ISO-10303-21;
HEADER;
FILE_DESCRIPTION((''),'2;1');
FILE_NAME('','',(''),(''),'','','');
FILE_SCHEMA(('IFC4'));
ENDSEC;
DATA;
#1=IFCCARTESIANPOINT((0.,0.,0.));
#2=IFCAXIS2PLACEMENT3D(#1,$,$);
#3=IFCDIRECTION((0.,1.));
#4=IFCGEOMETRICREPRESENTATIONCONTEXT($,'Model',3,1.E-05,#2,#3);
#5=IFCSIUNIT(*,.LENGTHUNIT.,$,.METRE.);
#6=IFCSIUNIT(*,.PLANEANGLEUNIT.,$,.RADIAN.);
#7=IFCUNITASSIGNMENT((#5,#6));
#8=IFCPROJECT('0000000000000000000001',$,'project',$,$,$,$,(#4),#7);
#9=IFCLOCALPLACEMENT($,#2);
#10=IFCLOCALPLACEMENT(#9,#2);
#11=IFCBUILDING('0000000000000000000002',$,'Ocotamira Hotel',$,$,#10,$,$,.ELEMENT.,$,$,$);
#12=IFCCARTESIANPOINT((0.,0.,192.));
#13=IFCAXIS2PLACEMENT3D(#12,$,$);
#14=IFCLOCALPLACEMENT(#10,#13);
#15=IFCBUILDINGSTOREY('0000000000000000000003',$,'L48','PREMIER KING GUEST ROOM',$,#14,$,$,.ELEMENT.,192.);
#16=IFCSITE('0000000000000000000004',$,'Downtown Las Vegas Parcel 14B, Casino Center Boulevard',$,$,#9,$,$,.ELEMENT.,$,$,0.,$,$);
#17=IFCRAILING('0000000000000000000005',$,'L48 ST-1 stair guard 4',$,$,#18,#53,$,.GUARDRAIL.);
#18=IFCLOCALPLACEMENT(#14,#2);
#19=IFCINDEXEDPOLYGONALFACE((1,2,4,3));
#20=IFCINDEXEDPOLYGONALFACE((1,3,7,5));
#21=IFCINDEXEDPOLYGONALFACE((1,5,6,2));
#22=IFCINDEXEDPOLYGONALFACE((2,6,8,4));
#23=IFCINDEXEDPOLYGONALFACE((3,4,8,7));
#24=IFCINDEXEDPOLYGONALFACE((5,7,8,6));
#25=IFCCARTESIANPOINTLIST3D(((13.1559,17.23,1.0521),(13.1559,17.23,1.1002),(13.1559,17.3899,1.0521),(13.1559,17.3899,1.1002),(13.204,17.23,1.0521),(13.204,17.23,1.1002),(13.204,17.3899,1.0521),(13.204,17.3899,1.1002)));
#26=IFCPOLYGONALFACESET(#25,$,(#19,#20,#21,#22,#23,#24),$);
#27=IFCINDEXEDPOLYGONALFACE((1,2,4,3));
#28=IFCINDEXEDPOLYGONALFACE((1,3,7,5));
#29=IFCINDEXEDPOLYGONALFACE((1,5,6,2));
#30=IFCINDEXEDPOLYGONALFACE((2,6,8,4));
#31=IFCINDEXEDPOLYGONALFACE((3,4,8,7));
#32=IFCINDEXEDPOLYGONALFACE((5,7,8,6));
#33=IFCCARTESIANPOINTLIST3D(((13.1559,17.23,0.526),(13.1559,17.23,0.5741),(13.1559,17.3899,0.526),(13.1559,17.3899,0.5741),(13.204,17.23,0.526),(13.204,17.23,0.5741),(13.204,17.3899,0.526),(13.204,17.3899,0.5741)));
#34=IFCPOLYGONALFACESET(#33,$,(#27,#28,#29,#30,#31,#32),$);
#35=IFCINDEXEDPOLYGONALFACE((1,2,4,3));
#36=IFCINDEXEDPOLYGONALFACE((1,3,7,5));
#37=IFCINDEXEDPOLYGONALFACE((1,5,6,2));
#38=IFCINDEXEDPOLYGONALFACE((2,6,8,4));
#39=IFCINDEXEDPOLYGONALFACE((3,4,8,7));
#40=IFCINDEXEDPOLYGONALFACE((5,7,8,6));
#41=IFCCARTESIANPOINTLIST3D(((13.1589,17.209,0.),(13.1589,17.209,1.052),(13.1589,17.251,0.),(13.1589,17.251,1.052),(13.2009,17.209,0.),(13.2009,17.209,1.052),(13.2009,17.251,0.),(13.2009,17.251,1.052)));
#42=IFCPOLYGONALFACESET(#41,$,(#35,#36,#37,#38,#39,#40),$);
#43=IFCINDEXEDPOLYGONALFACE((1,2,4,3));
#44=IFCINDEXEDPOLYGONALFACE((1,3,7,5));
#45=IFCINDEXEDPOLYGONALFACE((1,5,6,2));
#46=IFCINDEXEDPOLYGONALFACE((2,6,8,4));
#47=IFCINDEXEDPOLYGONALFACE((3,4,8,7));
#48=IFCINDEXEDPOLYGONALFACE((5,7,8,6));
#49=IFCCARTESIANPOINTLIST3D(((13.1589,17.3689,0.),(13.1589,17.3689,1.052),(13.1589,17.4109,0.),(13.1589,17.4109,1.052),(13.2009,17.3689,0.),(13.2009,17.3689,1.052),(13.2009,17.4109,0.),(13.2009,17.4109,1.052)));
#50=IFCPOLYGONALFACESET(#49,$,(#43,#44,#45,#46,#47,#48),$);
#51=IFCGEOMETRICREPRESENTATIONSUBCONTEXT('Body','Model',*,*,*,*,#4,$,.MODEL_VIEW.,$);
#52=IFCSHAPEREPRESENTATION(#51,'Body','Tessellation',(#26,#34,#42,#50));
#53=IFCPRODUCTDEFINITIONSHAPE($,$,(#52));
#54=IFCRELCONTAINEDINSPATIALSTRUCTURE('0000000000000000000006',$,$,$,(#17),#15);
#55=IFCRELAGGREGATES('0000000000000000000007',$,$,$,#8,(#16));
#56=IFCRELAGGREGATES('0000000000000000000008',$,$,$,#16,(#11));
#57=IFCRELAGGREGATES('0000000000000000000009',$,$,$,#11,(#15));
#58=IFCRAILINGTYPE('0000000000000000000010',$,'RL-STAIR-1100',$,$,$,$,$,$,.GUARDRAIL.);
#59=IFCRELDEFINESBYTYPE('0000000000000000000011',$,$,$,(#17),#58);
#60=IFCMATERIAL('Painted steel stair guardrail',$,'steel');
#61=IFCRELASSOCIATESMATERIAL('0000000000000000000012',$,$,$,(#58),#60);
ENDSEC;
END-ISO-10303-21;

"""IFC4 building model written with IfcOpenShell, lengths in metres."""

from ifc_helpers import new_model, si_unit, direction, frame, origin, origin_2d, place, context, subcontext, project, spatial, rectangle, extrude, material, type_object, element, save


model = new_model("IFC4")

# Units and contexts
model_context = context("Model", 3, precision=1e-05, world=origin(), true_north=direction((0.0, 1.0)))
body_context = subcontext(model_context, "Body", "Model", "MODEL_VIEW")
ifc_project = project(units=[si_unit("LENGTHUNIT", "METRE"), si_unit("PLANEANGLEUNIT", "RADIAN")], contexts=[model_context])

# Site, building, storey
site_placement = place(None, origin())
site = spatial("IfcSite", under=ifc_project, at=site_placement, Name="Downtown Las Vegas Parcel 14B, Casino Center Boulevard", CompositionType="ELEMENT", RefElevation=0.0)
building_placement = place(site_placement, origin())
building = spatial("IfcBuilding", under=site, at=building_placement, Name="Ocotamira Hotel", CompositionType="ELEMENT")
storey_placement = place(building_placement, frame((0.0, 0.0, 192.0)))
storey = spatial("IfcBuildingStorey", under=building, at=storey_placement, Name="L48", Description="PREMIER KING GUEST ROOM", CompositionType="ELEMENT", Elevation=192.0)

# Railing
ifc_material_1 = material(Name="Painted steel stair guardrail", Category="steel")
railing_type_1 = type_object("IfcRailingType", Name="RL-STAIR-1100", PredefinedType="GUARDRAIL", material=ifc_material_1)
railing_1_placement = place(storey_placement, frame((13.1799, 17.23, 0.0)))
element("IfcRailing", 1, at=railing_1_placement, inside=storey, type_object=railing_type_1, Name="L48 ST-1 stair guard 4", PredefinedType="GUARDRAIL", context=body_context, shape_type="SweptSolid", body=[
    extrude(rectangle(XDim=0.0481, YDim=0.0481, at=origin_2d()), frame((0.0, 0.0, 1.0762), z_axis=(0.0, 1.0, 0.0), x_axis=(-1.0, 0.0, 0.0)), (0.0, 0.0, 1.0), 0.1599),
    extrude(rectangle(XDim=0.0481, YDim=0.0481, at=origin_2d()), frame((0.0, 0.0, 0.55), z_axis=(0.0, 1.0, 0.0), x_axis=(-1.0, 0.0, 0.0)), (0.0, 0.0, 1.0), 0.1599),
    extrude(rectangle(XDim=0.042, YDim=0.042, at=origin_2d()), origin(), (0.0, 0.0, 1.0), 1.052),
    extrude(rectangle(XDim=0.042, YDim=0.042, at=origin_2d()), frame((0.0, 0.1599, 0.0)), (0.0, 0.0, 1.0), 1.052),
])

save(model, "model.ifc")
